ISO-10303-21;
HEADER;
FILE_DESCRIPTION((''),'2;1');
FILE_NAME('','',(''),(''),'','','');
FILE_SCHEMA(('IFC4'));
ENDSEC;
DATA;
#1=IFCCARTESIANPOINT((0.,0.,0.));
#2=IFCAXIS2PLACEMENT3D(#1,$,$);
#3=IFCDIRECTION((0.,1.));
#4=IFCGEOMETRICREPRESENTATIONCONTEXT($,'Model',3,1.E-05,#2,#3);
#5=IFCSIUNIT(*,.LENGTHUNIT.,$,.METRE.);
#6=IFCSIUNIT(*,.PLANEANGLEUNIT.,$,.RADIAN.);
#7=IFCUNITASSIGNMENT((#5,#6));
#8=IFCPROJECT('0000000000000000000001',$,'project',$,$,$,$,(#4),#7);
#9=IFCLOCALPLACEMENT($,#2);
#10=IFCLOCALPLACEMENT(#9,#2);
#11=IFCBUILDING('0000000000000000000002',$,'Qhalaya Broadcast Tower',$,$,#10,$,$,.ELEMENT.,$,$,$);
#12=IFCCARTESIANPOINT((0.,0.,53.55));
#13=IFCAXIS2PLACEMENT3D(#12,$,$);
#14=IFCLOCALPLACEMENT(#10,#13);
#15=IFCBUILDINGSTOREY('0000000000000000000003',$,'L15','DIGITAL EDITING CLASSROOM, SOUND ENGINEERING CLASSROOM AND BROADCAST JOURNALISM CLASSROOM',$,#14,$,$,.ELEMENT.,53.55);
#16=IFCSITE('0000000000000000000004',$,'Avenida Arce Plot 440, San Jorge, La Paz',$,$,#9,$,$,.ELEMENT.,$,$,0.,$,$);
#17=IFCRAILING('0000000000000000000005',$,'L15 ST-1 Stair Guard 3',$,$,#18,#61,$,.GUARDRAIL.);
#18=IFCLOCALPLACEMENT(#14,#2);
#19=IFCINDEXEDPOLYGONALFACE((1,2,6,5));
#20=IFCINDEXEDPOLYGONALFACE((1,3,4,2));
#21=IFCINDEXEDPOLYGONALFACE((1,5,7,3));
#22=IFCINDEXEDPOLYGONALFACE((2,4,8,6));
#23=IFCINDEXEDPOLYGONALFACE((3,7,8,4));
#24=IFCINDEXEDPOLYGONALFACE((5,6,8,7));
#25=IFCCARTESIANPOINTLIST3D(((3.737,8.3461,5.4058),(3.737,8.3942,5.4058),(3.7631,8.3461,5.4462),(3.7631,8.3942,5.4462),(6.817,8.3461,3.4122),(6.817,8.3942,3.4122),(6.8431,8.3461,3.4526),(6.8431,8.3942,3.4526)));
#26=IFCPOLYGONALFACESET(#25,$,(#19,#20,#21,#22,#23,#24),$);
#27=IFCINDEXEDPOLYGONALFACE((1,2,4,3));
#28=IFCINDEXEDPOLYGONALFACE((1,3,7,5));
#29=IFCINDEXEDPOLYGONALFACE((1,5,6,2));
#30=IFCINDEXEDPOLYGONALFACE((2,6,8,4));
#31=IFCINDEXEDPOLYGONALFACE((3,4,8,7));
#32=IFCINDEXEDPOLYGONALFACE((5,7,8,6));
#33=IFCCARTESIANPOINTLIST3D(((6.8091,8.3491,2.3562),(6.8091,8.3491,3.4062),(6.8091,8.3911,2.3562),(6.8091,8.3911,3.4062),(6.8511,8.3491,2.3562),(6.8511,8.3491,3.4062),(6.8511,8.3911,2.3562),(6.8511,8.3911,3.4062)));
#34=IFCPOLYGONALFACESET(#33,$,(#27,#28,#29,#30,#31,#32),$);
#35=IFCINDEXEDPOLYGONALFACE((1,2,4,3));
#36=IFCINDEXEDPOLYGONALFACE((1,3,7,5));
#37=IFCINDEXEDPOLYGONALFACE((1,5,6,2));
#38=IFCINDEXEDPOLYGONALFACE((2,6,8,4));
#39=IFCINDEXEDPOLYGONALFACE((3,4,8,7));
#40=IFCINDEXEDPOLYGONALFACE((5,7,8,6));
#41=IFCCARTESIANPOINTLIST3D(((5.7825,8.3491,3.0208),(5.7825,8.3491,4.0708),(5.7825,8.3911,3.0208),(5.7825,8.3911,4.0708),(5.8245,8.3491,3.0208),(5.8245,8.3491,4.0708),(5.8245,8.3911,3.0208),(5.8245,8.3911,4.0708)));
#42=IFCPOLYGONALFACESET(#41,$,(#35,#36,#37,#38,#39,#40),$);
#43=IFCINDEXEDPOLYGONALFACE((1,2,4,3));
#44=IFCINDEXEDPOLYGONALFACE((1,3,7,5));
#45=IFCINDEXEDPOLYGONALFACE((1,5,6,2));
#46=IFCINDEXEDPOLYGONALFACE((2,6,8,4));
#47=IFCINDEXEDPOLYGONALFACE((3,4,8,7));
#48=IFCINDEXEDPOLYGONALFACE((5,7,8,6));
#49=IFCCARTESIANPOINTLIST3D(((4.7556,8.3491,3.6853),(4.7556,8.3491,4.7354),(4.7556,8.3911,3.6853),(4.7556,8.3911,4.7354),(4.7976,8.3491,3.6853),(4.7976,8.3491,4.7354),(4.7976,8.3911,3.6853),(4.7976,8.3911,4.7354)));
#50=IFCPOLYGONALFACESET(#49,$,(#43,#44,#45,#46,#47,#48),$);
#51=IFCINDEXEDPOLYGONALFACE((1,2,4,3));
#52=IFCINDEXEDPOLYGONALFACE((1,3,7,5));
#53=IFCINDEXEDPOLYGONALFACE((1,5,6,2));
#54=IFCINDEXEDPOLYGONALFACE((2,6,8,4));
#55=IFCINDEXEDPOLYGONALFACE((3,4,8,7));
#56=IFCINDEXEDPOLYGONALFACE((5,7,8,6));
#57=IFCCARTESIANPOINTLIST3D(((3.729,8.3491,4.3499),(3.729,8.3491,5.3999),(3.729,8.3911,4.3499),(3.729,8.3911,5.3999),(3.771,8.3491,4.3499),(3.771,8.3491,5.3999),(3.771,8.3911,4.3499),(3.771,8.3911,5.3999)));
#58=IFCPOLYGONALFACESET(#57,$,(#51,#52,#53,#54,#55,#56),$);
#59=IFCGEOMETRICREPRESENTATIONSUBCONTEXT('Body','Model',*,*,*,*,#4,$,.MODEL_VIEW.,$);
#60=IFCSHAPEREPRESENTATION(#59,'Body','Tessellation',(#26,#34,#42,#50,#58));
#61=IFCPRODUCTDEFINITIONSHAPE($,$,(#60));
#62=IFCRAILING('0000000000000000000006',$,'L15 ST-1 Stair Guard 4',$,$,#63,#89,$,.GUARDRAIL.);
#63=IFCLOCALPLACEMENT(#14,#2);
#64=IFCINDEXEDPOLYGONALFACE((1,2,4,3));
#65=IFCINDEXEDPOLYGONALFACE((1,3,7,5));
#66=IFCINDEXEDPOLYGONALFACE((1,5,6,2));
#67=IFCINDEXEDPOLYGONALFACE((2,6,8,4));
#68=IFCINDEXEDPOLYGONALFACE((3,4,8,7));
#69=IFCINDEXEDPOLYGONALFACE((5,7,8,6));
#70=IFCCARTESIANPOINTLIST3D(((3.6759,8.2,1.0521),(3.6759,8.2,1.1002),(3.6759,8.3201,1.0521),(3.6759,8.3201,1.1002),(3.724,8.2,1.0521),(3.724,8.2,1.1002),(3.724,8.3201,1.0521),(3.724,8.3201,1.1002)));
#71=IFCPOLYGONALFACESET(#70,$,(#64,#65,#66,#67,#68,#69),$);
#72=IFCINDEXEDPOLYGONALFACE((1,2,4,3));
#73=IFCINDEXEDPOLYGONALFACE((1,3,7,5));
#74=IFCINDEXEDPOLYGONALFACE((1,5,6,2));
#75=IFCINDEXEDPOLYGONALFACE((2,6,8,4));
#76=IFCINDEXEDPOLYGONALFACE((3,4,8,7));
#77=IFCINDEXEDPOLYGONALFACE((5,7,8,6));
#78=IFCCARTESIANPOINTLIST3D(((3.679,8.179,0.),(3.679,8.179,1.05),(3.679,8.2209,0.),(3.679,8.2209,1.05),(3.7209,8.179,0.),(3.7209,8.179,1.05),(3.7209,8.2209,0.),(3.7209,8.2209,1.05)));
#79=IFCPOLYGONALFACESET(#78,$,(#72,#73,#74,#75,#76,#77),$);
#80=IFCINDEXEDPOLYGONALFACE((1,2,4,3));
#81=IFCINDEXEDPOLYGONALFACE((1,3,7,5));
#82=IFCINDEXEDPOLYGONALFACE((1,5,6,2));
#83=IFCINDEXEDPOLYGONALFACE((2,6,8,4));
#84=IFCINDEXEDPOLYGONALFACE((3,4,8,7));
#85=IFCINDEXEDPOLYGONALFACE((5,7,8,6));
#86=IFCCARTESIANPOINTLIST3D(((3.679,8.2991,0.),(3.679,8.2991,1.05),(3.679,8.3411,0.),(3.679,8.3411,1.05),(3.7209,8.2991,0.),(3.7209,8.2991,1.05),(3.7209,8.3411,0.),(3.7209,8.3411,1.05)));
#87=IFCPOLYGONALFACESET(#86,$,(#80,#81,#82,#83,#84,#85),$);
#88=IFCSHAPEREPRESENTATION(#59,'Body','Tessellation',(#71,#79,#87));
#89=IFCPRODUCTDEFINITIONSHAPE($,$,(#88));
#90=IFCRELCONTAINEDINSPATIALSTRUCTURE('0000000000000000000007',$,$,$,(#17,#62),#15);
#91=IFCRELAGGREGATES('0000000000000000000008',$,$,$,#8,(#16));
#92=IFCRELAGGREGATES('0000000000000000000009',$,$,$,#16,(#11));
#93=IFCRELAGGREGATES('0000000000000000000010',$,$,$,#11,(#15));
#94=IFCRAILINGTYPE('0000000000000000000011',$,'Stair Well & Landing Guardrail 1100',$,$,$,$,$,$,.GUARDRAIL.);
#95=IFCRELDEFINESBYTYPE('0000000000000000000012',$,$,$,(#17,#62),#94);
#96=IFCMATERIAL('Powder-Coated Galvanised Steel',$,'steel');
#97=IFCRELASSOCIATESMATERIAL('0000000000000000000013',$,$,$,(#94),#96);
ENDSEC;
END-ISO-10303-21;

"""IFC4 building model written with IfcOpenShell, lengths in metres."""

from ifc_helpers import new_model, si_unit, direction, frame, origin, origin_2d, place, context, subcontext, project, spatial, rectangle, extrude, material, type_object, element, save


model = new_model("IFC4")

# Units and contexts
model_context = context("Model", 3, precision=1e-05, world=origin(), true_north=direction((0.0, 1.0)))
body_context = subcontext(model_context, "Body", "Model", "MODEL_VIEW")
ifc_project = project(units=[si_unit("LENGTHUNIT", "METRE"), si_unit("PLANEANGLEUNIT", "RADIAN")], contexts=[model_context])

# Site, building, storey
site_placement = place(None, origin())
site = spatial("IfcSite", under=ifc_project, at=site_placement, Name="Avenida Arce Plot 440, San Jorge, La Paz", CompositionType="ELEMENT", RefElevation=0.0)
building_placement = place(site_placement, origin())
building = spatial("IfcBuilding", under=site, at=building_placement, Name="Qhalaya Broadcast Tower", CompositionType="ELEMENT")
storey_placement = place(building_placement, frame((0.0, 0.0, 53.55)))
storey = spatial("IfcBuildingStorey", under=building, at=storey_placement, Name="L15", Description="DIGITAL EDITING CLASSROOM, SOUND ENGINEERING CLASSROOM AND BROADCAST JOURNALISM CLASSROOM", CompositionType="ELEMENT", Elevation=53.55)

# Railings
ifc_material_1 = material(Name="Powder-Coated Galvanised Steel", Category="steel")
railing_type_1 = type_object("IfcRailingType", Name="Stair Well & Landing Guardrail 1100", PredefinedType="GUARDRAIL", material=ifc_material_1)
railing_1_placement = place(storey_placement, frame((6.8301, 8.3701, 2.3562)))
element("IfcRailing", 1, at=railing_1_placement, inside=storey, type_object=railing_type_1, Name="L15 ST-1 Stair Guard 3", PredefinedType="GUARDRAIL", context=body_context, shape_type="SweptSolid", body=[
    extrude(rectangle(XDim=0.0481, YDim=0.0481, at=origin_2d()), frame((0.0, 0.0, 1.0762), z_axis=(-0.839488, 0.0, 0.543378), x_axis=(0.0, -1.0, 0.0)), (0.0, 0.0, 1.0), 3.6689),
    extrude(rectangle(XDim=0.042, YDim=0.042, at=origin_2d()), origin(), (0.0, 0.0, 1.0), 1.05),
    extrude(rectangle(XDim=0.042, YDim=0.042, at=origin_2d()), frame((-1.0266, 0.0, 0.6646)), (0.0, 0.0, 1.0), 1.05),
    extrude(rectangle(XDim=0.042, YDim=0.042, at=origin_2d()), frame((-2.0535, 0.0, 1.3291)), (0.0, 0.0, 1.0), 1.05),
    extrude(rectangle(XDim=0.042, YDim=0.042, at=origin_2d()), frame((-3.0801, 0.0, 1.9937)), (0.0, 0.0, 1.0), 1.05),
])
railing_2_placement = place(storey_placement, frame((3.7, 8.2, 0.0)))
element("IfcRailing", 2, at=railing_2_placement, inside=storey, type_object=railing_type_1, Name="L15 ST-1 Stair Guard 4", PredefinedType="GUARDRAIL", context=body_context, shape_type="SweptSolid", body=[
    extrude(rectangle(XDim=0.0481, YDim=0.0481, at=origin_2d()), frame((0.0, 0.0, 1.0762), z_axis=(0.0, 1.0, 0.0), x_axis=(-1.0, 0.0, 0.0)), (0.0, 0.0, 1.0), 0.1201),
    extrude(rectangle(XDim=0.042, YDim=0.042, at=origin_2d()), origin(), (0.0, 0.0, 1.0), 1.05),
    extrude(rectangle(XDim=0.042, YDim=0.042, at=origin_2d()), frame((0.0, 0.1201, 0.0)), (0.0, 0.0, 1.0), 1.05),
])

save(model, "model.ifc")
